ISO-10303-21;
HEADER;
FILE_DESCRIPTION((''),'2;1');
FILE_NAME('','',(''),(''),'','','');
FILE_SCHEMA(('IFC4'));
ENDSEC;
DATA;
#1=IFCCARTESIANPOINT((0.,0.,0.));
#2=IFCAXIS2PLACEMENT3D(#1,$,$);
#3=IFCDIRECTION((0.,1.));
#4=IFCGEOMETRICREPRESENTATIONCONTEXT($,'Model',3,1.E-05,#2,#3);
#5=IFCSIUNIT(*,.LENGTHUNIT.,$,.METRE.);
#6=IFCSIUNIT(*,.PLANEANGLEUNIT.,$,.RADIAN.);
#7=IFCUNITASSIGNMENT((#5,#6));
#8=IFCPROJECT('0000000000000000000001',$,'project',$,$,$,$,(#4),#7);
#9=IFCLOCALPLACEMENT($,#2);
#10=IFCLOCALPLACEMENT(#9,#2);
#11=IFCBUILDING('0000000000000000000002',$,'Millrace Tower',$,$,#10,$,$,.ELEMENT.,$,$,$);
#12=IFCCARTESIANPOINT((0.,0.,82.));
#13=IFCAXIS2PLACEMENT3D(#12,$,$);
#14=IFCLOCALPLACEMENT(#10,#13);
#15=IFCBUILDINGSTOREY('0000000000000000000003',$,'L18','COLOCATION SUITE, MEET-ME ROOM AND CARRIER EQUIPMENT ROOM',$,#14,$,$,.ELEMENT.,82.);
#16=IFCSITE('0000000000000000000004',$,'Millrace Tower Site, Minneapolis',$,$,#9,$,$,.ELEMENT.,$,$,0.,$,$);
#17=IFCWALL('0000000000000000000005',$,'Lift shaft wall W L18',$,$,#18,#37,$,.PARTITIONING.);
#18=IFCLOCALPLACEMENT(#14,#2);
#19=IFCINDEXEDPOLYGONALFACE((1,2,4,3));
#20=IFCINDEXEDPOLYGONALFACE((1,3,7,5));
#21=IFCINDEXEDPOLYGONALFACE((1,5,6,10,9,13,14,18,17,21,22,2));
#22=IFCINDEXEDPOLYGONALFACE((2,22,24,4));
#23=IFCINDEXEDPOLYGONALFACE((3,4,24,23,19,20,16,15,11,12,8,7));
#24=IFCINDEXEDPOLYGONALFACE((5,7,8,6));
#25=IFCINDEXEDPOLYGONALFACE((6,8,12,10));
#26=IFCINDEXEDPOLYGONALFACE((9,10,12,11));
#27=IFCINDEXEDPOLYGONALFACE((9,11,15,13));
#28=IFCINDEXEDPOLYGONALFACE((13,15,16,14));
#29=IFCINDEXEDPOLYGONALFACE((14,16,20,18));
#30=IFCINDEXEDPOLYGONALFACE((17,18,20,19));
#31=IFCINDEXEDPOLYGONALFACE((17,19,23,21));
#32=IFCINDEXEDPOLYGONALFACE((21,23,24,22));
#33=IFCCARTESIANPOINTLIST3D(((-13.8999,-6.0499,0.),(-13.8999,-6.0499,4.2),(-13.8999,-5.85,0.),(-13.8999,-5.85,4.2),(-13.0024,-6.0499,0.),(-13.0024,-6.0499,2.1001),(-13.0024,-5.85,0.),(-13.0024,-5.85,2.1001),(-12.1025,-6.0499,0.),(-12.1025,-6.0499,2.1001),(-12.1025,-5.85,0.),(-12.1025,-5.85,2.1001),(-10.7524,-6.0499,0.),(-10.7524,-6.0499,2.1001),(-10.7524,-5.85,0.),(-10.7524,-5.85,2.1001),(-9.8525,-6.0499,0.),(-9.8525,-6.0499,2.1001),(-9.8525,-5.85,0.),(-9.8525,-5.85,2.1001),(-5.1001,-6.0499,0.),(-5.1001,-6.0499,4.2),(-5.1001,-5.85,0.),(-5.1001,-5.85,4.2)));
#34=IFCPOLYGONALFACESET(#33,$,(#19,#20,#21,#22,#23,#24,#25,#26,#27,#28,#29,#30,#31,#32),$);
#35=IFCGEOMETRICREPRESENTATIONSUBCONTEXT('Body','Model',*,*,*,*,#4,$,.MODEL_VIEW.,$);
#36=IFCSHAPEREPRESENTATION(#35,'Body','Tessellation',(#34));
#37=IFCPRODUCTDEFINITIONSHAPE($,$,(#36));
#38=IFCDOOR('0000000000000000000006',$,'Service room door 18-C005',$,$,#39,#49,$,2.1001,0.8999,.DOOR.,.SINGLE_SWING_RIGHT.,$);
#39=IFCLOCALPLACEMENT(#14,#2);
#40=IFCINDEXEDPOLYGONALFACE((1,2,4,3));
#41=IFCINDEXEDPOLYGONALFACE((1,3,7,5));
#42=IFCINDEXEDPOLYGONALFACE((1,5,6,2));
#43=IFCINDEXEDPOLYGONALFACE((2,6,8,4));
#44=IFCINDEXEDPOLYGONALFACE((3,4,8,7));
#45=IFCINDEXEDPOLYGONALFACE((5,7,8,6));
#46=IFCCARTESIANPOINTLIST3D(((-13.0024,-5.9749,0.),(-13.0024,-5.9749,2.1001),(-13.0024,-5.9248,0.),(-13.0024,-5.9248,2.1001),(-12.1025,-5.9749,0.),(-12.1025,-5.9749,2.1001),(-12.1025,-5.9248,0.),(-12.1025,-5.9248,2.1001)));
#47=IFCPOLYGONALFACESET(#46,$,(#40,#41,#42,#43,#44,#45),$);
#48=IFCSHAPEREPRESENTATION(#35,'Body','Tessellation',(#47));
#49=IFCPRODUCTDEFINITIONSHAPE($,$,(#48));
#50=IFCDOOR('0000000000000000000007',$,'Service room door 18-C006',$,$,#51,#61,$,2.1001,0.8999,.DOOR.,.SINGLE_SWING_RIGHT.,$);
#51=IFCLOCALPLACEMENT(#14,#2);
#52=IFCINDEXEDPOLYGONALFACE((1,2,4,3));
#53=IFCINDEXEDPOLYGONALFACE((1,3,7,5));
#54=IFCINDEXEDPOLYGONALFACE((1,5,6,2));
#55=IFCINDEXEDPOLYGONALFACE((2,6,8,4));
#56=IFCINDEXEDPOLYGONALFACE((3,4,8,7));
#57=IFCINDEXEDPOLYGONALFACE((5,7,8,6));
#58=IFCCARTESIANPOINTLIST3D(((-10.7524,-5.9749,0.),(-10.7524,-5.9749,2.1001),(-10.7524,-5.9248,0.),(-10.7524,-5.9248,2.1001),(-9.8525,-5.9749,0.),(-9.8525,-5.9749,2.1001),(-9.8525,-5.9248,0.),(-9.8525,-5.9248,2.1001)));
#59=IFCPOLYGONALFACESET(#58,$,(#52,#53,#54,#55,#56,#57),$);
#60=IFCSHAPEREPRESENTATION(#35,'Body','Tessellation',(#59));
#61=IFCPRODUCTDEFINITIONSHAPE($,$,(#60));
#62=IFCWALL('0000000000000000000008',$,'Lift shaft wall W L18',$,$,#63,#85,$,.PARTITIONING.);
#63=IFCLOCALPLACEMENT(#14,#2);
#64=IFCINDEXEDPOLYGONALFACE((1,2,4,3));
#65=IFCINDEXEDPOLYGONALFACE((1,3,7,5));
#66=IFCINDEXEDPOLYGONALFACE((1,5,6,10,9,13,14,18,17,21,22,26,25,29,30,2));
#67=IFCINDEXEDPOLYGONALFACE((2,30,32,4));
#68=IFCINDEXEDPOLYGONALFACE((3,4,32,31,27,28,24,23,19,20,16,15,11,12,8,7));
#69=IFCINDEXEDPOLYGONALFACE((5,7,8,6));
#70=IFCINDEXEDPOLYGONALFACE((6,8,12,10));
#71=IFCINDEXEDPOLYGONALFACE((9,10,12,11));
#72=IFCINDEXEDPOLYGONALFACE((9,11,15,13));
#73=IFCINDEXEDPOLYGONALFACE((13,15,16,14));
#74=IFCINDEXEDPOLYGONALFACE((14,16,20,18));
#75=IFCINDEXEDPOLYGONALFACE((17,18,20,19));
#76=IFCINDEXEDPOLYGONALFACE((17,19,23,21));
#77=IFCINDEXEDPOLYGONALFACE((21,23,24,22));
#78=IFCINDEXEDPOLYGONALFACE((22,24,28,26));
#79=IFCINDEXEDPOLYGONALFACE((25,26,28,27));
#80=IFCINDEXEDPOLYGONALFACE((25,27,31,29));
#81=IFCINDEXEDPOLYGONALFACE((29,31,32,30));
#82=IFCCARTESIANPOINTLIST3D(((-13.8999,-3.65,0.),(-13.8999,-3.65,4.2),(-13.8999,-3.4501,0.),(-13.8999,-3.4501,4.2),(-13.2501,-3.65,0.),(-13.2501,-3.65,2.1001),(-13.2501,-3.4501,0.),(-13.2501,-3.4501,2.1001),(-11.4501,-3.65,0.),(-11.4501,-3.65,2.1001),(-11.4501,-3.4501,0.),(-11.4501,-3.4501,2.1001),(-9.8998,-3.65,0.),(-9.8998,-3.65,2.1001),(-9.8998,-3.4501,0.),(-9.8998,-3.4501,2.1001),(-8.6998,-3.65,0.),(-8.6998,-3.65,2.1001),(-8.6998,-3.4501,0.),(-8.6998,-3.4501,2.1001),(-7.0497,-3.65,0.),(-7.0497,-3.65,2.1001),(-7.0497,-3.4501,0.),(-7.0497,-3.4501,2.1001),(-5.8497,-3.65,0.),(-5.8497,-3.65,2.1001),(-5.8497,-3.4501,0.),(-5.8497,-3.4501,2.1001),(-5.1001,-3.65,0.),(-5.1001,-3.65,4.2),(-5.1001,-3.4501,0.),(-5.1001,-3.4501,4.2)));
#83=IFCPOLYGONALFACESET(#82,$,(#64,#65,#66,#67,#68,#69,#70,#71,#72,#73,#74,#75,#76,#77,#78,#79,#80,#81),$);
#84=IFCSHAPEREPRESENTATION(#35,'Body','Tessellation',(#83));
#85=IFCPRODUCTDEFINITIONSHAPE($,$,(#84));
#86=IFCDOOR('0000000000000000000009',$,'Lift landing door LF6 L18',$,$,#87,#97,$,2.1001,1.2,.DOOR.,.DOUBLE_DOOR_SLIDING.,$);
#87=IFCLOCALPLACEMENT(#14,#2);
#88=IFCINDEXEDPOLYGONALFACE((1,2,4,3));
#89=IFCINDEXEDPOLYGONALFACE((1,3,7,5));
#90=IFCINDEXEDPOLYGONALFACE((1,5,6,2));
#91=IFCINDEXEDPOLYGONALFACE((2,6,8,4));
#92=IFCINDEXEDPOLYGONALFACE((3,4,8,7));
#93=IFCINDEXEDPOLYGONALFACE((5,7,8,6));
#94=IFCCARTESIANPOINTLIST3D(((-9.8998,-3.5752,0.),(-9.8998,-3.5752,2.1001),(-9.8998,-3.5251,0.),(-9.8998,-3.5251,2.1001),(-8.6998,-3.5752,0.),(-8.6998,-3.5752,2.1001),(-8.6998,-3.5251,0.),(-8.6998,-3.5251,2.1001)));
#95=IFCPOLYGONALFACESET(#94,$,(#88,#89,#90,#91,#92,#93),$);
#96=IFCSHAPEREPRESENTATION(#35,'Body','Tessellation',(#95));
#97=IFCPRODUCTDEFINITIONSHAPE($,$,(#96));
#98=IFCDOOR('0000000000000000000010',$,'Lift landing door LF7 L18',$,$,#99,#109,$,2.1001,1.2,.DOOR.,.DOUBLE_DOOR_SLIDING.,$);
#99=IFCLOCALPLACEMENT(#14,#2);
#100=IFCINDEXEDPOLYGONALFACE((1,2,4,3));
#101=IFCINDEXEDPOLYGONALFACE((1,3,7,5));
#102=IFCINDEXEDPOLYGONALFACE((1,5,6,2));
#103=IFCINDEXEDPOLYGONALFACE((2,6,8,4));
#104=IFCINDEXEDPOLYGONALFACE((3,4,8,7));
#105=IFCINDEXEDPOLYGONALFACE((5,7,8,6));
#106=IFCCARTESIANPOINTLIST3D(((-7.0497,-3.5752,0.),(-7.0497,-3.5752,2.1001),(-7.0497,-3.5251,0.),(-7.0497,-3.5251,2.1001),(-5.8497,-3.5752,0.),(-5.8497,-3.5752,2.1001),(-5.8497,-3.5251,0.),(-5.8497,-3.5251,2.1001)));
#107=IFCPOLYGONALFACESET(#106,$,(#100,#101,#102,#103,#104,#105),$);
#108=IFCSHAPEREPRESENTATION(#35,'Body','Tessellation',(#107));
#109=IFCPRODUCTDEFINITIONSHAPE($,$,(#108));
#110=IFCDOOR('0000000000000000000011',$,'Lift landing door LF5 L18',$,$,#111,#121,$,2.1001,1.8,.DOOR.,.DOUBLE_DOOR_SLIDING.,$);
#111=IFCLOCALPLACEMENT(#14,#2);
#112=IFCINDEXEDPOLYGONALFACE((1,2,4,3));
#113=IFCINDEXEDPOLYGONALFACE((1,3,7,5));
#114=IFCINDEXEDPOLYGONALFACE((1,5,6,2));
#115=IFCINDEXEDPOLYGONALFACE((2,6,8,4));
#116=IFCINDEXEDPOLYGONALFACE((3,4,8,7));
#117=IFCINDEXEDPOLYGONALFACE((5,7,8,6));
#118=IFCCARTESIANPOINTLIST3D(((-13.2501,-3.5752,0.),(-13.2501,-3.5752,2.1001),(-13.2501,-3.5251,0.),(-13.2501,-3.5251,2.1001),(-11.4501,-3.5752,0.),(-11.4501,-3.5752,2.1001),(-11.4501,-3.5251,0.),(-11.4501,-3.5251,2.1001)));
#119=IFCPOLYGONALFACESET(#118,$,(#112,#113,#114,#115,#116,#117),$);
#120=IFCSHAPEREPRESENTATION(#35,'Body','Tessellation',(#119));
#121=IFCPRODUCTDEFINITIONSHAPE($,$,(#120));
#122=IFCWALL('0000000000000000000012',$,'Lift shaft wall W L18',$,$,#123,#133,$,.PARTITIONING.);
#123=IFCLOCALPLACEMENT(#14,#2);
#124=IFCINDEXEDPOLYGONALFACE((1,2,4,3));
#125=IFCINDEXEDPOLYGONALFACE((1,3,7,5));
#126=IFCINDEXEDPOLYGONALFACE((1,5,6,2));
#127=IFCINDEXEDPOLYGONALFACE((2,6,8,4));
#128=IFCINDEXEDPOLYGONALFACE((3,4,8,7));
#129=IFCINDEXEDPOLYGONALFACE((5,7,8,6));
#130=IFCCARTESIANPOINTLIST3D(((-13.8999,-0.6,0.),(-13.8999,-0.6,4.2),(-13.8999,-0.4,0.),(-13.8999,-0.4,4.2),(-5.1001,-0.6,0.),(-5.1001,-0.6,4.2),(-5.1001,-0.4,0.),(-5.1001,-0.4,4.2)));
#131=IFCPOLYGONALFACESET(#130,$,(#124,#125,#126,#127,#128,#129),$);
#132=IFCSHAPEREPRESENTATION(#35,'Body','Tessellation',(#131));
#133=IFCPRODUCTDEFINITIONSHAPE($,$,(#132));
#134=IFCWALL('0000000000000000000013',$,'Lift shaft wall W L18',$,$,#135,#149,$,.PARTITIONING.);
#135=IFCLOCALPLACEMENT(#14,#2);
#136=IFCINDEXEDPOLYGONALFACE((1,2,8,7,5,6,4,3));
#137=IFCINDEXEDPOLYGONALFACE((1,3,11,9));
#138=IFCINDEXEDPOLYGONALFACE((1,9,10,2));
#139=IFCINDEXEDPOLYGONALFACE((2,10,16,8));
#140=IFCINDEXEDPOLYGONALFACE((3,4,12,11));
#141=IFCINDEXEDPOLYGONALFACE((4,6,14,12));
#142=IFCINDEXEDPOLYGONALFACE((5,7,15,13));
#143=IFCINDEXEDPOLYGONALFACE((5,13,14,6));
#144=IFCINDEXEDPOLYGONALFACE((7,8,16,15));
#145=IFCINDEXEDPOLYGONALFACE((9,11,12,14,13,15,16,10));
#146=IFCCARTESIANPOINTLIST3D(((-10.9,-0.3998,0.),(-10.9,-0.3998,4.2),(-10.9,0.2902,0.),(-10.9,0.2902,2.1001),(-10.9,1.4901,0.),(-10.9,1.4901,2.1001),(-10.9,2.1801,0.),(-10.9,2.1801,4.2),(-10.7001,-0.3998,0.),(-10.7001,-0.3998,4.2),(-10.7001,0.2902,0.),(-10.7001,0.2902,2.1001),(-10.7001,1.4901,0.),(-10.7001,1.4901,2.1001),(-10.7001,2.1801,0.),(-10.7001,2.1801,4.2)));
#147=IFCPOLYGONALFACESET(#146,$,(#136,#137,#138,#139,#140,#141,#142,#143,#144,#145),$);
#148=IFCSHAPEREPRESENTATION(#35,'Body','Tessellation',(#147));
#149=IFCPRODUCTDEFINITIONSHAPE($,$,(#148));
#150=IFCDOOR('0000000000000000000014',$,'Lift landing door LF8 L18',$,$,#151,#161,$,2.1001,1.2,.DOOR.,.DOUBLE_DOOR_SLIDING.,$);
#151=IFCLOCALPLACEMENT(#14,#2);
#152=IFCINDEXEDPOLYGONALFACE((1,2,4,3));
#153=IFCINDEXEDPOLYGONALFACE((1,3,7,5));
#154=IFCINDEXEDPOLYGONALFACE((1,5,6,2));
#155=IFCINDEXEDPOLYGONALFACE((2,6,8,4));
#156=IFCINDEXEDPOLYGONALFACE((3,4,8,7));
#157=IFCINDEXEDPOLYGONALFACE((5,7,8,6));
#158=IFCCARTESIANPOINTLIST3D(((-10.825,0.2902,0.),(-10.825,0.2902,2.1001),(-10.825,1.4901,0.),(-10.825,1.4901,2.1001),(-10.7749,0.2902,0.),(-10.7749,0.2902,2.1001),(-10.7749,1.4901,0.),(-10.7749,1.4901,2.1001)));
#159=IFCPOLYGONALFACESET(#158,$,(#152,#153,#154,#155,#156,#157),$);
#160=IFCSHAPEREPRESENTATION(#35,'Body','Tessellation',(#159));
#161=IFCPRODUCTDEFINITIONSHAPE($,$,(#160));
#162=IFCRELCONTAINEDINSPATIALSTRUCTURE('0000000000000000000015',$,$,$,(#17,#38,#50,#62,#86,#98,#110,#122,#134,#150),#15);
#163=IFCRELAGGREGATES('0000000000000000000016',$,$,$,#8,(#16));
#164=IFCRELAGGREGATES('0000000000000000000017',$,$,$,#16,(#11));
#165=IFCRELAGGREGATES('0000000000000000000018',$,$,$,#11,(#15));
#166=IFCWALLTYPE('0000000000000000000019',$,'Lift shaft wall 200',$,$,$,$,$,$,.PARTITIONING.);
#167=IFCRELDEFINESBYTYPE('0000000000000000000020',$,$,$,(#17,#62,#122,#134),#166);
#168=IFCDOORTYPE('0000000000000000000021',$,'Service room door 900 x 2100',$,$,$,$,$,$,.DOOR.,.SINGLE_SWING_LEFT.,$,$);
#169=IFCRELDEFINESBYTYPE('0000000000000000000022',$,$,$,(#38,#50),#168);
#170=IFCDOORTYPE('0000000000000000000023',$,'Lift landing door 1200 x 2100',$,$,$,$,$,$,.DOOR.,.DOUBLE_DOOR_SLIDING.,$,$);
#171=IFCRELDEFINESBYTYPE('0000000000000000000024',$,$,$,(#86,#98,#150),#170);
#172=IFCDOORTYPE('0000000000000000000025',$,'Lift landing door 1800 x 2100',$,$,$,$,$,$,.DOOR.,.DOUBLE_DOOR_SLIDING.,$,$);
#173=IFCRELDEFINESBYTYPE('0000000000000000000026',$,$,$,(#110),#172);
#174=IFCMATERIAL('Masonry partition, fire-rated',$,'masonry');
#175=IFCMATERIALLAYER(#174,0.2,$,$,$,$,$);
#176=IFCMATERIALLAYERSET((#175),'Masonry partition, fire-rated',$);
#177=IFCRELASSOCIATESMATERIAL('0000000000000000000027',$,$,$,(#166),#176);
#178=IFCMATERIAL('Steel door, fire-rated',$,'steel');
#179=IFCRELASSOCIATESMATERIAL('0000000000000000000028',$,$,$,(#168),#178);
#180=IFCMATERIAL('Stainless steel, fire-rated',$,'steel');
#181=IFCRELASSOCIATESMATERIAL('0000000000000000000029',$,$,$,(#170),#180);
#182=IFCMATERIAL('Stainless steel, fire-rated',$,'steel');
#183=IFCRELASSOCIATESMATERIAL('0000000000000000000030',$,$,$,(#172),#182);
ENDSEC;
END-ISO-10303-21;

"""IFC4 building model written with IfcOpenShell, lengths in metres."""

from ifc_helpers import new_model, si_unit, direction, frame, frame_2d, origin, place, context, subcontext, project, spatial, rectangle, extrude, material, layer, layer_set, type_object, element, fill, save


model = new_model("IFC4")

# Units and contexts
model_context = context("Model", 3, precision=1e-05, world=origin(), true_north=direction((0.0, 1.0)))
body_context = subcontext(model_context, "Body", "Model", "MODEL_VIEW")
ifc_project = project(units=[si_unit("LENGTHUNIT", "METRE"), si_unit("PLANEANGLEUNIT", "RADIAN")], contexts=[model_context])

# Site, building, storey
site_placement = place(None, origin())
site = spatial("IfcSite", under=ifc_project, at=site_placement, Name="Millrace Tower Site, Minneapolis", CompositionType="ELEMENT", RefElevation=0.0)
building_placement = place(site_placement, origin())
building = spatial("IfcBuilding", under=site, at=building_placement, Name="Millrace Tower", CompositionType="ELEMENT")
storey_placement = place(building_placement, frame((0.0, 0.0, 82.0)))
storey = spatial("IfcBuildingStorey", under=building, at=storey_placement, Name="L18", Description="COLOCATION SUITE, MEET-ME ROOM AND CARRIER EQUIPMENT ROOM", CompositionType="ELEMENT", Elevation=82.0)

# Walls, openings, doors
ifc_material_1 = material(Name="Masonry partition, fire-rated", Category="masonry")
ifc_layer_1 = layer(ifc_material_1, 0.2)
ifc_layer_set_1 = layer_set([ifc_layer_1], Name="Masonry partition, fire-rated")
wall_type_1 = type_object("IfcWallType", Name="Lift shaft wall 200", PredefinedType="PARTITIONING", material=ifc_layer_set_1)
wall_1_placement = place(storey_placement, frame((-13.8999, -5.95, 0.0), z_axis=(0.0, 0.0, 1.0), x_axis=(1.0, 0.0, 0.0)))
wall_1 = element("IfcWall", 1, at=wall_1_placement, inside=storey, type_object=wall_type_1, Name="Lift shaft wall W L18", PredefinedType="PARTITIONING", context=body_context, shape_type="SweptSolid", body=[
    extrude(rectangle(XDim=8.7998, YDim=0.2, at=frame_2d((4.3999, 0.0))), origin(), (0.0, 0.0, 1.0), 4.2),
])
opening_1_placement = place(wall_1_placement, frame((0.8975, 0.0, 0.0)))
opening_1 = element("IfcOpeningElement", 2, at=opening_1_placement, cuts=wall_1, PredefinedType="OPENING", context=body_context, shape_type="SweptSolid", body=[
    extrude(rectangle(XDim=0.8999, YDim=2.1001, at=frame_2d((0.45, 1.05))), frame((0.0, 0.1099, 0.0), z_axis=(0.0, -1.0, 0.0), x_axis=(1.0, 0.0, 0.0)), (0.0, 0.0, 1.0), 0.22),
])
opening_2_placement = place(wall_1_placement, frame((3.1475, 0.0, 0.0)))
opening_2 = element("IfcOpeningElement", 3, at=opening_2_placement, cuts=wall_1, PredefinedType="OPENING", context=body_context, shape_type="SweptSolid", body=[
    extrude(rectangle(XDim=0.8999, YDim=2.1001, at=frame_2d((0.45, 1.05))), frame((0.0, 0.1099, 0.0), z_axis=(0.0, -1.0, 0.0), x_axis=(1.0, 0.0, 0.0)), (0.0, 0.0, 1.0), 0.22),
])
ifc_material_2 = material(Name="Steel door, fire-rated", Category="steel")
door_type_1 = type_object("IfcDoorType", Name="Service room door 900 x 2100", OperationType="SINGLE_SWING_LEFT", PredefinedType="DOOR", material=ifc_material_2)
door_1_placement = place(opening_1_placement, frame((0.8999, 0.0, 0.0), z_axis=(0.0, 0.0, 1.0), x_axis=(-1.0, 0.0, 0.0)))
door_1 = element("IfcDoor", 4, at=door_1_placement, inside=storey, type_object=door_type_1, Name="Service room door 18-C005", OperationType="SINGLE_SWING_RIGHT", OverallHeight=2.1001, OverallWidth=0.8999, PredefinedType="DOOR", context=body_context, shape_type="SweptSolid", body=[
    extrude(rectangle(XDim=0.8999, YDim=2.1001, at=frame_2d((0.45, 1.05))), frame((0.0, 0.0249, 0.0), z_axis=(0.0, -1.0, 0.0), x_axis=(1.0, 0.0, 0.0)), (0.0, 0.0, 1.0), 0.05),
])
fill(opening_1, door_1)
door_2_placement = place(opening_2_placement, frame((0.8999, 0.0, 0.0), z_axis=(0.0, 0.0, 1.0), x_axis=(-1.0, 0.0, 0.0)))
door_2 = element("IfcDoor", 5, at=door_2_placement, inside=storey, type_object=door_type_1, Name="Service room door 18-C006", OperationType="SINGLE_SWING_RIGHT", OverallHeight=2.1001, OverallWidth=0.8999, PredefinedType="DOOR", context=body_context, shape_type="SweptSolid", body=[
    extrude(rectangle(XDim=0.8999, YDim=2.1001, at=frame_2d((0.45, 1.05))), frame((0.0, 0.0249, 0.0), z_axis=(0.0, -1.0, 0.0), x_axis=(1.0, 0.0, 0.0)), (0.0, 0.0, 1.0), 0.05),
])
fill(opening_2, door_2)
wall_2_placement = place(storey_placement, frame((-13.8999, -3.55, 0.0), z_axis=(0.0, 0.0, 1.0), x_axis=(1.0, 0.0, 0.0)))
wall_2 = element("IfcWall", 6, at=wall_2_placement, inside=storey, type_object=wall_type_1, Name="Lift shaft wall W L18", PredefinedType="PARTITIONING", context=body_context, shape_type="SweptSolid", body=[
    extrude(rectangle(XDim=8.7998, YDim=0.2, at=frame_2d((4.3999, 0.0))), origin(), (0.0, 0.0, 1.0), 4.2),
])
opening_3_placement = place(wall_2_placement, frame((0.6499, 0.0, 0.0)))
opening_3 = element("IfcOpeningElement", 7, at=opening_3_placement, cuts=wall_2, PredefinedType="OPENING", context=body_context, shape_type="SweptSolid", body=[
    extrude(rectangle(XDim=1.8, YDim=2.1001, at=frame_2d((0.8999, 1.05))), frame((0.0, 0.1099, 0.0), z_axis=(0.0, -1.0, 0.0), x_axis=(1.0, 0.0, 0.0)), (0.0, 0.0, 1.0), 0.22),
])
opening_4_placement = place(wall_2_placement, frame((4.0, 0.0, 0.0)))
opening_4 = element("IfcOpeningElement", 8, at=opening_4_placement, cuts=wall_2, PredefinedType="OPENING", context=body_context, shape_type="SweptSolid", body=[
    extrude(rectangle(XDim=1.2, YDim=2.1001, at=frame_2d((0.6001, 1.05))), frame((0.0, 0.1099, 0.0), z_axis=(0.0, -1.0, 0.0), x_axis=(1.0, 0.0, 0.0)), (0.0, 0.0, 1.0), 0.22),
])
opening_5_placement = place(wall_2_placement, frame((6.8501, 0.0, 0.0)))
opening_5 = element("IfcOpeningElement", 9, at=opening_5_placement, cuts=wall_2, PredefinedType="OPENING", context=body_context, shape_type="SweptSolid", body=[
    extrude(rectangle(XDim=1.2, YDim=2.1001, at=frame_2d((0.6001, 1.05))), frame((0.0, 0.1099, 0.0), z_axis=(0.0, -1.0, 0.0), x_axis=(1.0, 0.0, 0.0)), (0.0, 0.0, 1.0), 0.22),
])
ifc_material_3 = material(Name="Stainless steel, fire-rated", Category="steel")
door_type_2 = type_object("IfcDoorType", Name="Lift landing door 1200 x 2100", OperationType="DOUBLE_DOOR_SLIDING", PredefinedType="DOOR", material=ifc_material_3)
door_3_placement = place(opening_4_placement, origin())
door_3 = element("IfcDoor", 10, at=door_3_placement, inside=storey, type_object=door_type_2, Name="Lift landing door LF6 L18", OperationType="DOUBLE_DOOR_SLIDING", OverallHeight=2.1001, OverallWidth=1.2, PredefinedType="DOOR", context=body_context, shape_type="SweptSolid", body=[
    extrude(rectangle(XDim=1.2, YDim=2.1001, at=frame_2d((0.6001, 1.05))), frame((0.0, 0.0249, 0.0), z_axis=(0.0, -1.0, 0.0), x_axis=(1.0, 0.0, 0.0)), (0.0, 0.0, 1.0), 0.05),
])
fill(opening_4, door_3)
door_4_placement = place(opening_5_placement, origin())
door_4 = element("IfcDoor", 11, at=door_4_placement, inside=storey, type_object=door_type_2, Name="Lift landing door LF7 L18", OperationType="DOUBLE_DOOR_SLIDING", OverallHeight=2.1001, OverallWidth=1.2, PredefinedType="DOOR", context=body_context, shape_type="SweptSolid", body=[
    extrude(rectangle(XDim=1.2, YDim=2.1001, at=frame_2d((0.6001, 1.05))), frame((0.0, 0.0249, 0.0), z_axis=(0.0, -1.0, 0.0), x_axis=(1.0, 0.0, 0.0)), (0.0, 0.0, 1.0), 0.05),
])
fill(opening_5, door_4)
ifc_material_4 = material(Name="Stainless steel, fire-rated", Category="steel")
door_type_3 = type_object("IfcDoorType", Name="Lift landing door 1800 x 2100", OperationType="DOUBLE_DOOR_SLIDING", PredefinedType="DOOR", material=ifc_material_4)
door_5_placement = place(opening_3_placement, origin())
door_5 = element("IfcDoor", 12, at=door_5_placement, inside=storey, type_object=door_type_3, Name="Lift landing door LF5 L18", OperationType="DOUBLE_DOOR_SLIDING", OverallHeight=2.1001, OverallWidth=1.8, PredefinedType="DOOR", context=body_context, shape_type="SweptSolid", body=[
    extrude(rectangle(XDim=1.8, YDim=2.1001, at=frame_2d((0.8999, 1.05))), frame((0.0, 0.0249, 0.0), z_axis=(0.0, -1.0, 0.0), x_axis=(1.0, 0.0, 0.0)), (0.0, 0.0, 1.0), 0.05),
])
fill(opening_3, door_5)

# Wall
wall_3_placement = place(storey_placement, frame((-13.8999, -0.5, 0.0), z_axis=(0.0, 0.0, 1.0), x_axis=(1.0, 0.0, 0.0)))
element("IfcWall", 13, at=wall_3_placement, inside=storey, type_object=wall_type_1, Name="Lift shaft wall W L18", PredefinedType="PARTITIONING", context=body_context, shape_type="SweptSolid", body=[
    extrude(rectangle(XDim=8.7998, YDim=0.2, at=frame_2d((4.3999, 0.0))), origin(), (0.0, 0.0, 1.0), 4.2),
])

# Wall, opening, door
wall_4_placement = place(storey_placement, frame((-10.8, -0.3999, 0.0), z_axis=(0.0, 0.0, 1.0), x_axis=(0.0, 1.0, 0.0)))
wall_4 = element("IfcWall", 14, at=wall_4_placement, inside=storey, type_object=wall_type_1, Name="Lift shaft wall W L18", PredefinedType="PARTITIONING", context=body_context, shape_type="SweptSolid", body=[
    extrude(rectangle(XDim=2.5798, YDim=0.2, at=frame_2d((1.29, 0.0))), origin(), (0.0, 0.0, 1.0), 4.2),
])
opening_6_placement = place(wall_4_placement, frame((0.6899, 0.0, 0.0)))
opening_6 = element("IfcOpeningElement", 15, at=opening_6_placement, cuts=wall_4, PredefinedType="OPENING", context=body_context, shape_type="SweptSolid", body=[
    extrude(rectangle(XDim=1.2, YDim=2.1001, at=frame_2d((0.6001, 1.05))), frame((0.0, 0.1099, 0.0), z_axis=(0.0, -1.0, 0.0), x_axis=(1.0, 0.0, 0.0)), (0.0, 0.0, 1.0), 0.22),
])
door_6_placement = place(opening_6_placement, origin())
door_6 = element("IfcDoor", 16, at=door_6_placement, inside=storey, type_object=door_type_2, Name="Lift landing door LF8 L18", OperationType="DOUBLE_DOOR_SLIDING", OverallHeight=2.1001, OverallWidth=1.2, PredefinedType="DOOR", context=body_context, shape_type="SweptSolid", body=[
    extrude(rectangle(XDim=1.2, YDim=2.1001, at=frame_2d((0.6001, 1.05))), frame((0.0, 0.0249, 0.0), z_axis=(0.0, -1.0, 0.0), x_axis=(1.0, 0.0, 0.0)), (0.0, 0.0, 1.0), 0.05),
])
fill(opening_6, door_6)

save(model, "model.ifc")
